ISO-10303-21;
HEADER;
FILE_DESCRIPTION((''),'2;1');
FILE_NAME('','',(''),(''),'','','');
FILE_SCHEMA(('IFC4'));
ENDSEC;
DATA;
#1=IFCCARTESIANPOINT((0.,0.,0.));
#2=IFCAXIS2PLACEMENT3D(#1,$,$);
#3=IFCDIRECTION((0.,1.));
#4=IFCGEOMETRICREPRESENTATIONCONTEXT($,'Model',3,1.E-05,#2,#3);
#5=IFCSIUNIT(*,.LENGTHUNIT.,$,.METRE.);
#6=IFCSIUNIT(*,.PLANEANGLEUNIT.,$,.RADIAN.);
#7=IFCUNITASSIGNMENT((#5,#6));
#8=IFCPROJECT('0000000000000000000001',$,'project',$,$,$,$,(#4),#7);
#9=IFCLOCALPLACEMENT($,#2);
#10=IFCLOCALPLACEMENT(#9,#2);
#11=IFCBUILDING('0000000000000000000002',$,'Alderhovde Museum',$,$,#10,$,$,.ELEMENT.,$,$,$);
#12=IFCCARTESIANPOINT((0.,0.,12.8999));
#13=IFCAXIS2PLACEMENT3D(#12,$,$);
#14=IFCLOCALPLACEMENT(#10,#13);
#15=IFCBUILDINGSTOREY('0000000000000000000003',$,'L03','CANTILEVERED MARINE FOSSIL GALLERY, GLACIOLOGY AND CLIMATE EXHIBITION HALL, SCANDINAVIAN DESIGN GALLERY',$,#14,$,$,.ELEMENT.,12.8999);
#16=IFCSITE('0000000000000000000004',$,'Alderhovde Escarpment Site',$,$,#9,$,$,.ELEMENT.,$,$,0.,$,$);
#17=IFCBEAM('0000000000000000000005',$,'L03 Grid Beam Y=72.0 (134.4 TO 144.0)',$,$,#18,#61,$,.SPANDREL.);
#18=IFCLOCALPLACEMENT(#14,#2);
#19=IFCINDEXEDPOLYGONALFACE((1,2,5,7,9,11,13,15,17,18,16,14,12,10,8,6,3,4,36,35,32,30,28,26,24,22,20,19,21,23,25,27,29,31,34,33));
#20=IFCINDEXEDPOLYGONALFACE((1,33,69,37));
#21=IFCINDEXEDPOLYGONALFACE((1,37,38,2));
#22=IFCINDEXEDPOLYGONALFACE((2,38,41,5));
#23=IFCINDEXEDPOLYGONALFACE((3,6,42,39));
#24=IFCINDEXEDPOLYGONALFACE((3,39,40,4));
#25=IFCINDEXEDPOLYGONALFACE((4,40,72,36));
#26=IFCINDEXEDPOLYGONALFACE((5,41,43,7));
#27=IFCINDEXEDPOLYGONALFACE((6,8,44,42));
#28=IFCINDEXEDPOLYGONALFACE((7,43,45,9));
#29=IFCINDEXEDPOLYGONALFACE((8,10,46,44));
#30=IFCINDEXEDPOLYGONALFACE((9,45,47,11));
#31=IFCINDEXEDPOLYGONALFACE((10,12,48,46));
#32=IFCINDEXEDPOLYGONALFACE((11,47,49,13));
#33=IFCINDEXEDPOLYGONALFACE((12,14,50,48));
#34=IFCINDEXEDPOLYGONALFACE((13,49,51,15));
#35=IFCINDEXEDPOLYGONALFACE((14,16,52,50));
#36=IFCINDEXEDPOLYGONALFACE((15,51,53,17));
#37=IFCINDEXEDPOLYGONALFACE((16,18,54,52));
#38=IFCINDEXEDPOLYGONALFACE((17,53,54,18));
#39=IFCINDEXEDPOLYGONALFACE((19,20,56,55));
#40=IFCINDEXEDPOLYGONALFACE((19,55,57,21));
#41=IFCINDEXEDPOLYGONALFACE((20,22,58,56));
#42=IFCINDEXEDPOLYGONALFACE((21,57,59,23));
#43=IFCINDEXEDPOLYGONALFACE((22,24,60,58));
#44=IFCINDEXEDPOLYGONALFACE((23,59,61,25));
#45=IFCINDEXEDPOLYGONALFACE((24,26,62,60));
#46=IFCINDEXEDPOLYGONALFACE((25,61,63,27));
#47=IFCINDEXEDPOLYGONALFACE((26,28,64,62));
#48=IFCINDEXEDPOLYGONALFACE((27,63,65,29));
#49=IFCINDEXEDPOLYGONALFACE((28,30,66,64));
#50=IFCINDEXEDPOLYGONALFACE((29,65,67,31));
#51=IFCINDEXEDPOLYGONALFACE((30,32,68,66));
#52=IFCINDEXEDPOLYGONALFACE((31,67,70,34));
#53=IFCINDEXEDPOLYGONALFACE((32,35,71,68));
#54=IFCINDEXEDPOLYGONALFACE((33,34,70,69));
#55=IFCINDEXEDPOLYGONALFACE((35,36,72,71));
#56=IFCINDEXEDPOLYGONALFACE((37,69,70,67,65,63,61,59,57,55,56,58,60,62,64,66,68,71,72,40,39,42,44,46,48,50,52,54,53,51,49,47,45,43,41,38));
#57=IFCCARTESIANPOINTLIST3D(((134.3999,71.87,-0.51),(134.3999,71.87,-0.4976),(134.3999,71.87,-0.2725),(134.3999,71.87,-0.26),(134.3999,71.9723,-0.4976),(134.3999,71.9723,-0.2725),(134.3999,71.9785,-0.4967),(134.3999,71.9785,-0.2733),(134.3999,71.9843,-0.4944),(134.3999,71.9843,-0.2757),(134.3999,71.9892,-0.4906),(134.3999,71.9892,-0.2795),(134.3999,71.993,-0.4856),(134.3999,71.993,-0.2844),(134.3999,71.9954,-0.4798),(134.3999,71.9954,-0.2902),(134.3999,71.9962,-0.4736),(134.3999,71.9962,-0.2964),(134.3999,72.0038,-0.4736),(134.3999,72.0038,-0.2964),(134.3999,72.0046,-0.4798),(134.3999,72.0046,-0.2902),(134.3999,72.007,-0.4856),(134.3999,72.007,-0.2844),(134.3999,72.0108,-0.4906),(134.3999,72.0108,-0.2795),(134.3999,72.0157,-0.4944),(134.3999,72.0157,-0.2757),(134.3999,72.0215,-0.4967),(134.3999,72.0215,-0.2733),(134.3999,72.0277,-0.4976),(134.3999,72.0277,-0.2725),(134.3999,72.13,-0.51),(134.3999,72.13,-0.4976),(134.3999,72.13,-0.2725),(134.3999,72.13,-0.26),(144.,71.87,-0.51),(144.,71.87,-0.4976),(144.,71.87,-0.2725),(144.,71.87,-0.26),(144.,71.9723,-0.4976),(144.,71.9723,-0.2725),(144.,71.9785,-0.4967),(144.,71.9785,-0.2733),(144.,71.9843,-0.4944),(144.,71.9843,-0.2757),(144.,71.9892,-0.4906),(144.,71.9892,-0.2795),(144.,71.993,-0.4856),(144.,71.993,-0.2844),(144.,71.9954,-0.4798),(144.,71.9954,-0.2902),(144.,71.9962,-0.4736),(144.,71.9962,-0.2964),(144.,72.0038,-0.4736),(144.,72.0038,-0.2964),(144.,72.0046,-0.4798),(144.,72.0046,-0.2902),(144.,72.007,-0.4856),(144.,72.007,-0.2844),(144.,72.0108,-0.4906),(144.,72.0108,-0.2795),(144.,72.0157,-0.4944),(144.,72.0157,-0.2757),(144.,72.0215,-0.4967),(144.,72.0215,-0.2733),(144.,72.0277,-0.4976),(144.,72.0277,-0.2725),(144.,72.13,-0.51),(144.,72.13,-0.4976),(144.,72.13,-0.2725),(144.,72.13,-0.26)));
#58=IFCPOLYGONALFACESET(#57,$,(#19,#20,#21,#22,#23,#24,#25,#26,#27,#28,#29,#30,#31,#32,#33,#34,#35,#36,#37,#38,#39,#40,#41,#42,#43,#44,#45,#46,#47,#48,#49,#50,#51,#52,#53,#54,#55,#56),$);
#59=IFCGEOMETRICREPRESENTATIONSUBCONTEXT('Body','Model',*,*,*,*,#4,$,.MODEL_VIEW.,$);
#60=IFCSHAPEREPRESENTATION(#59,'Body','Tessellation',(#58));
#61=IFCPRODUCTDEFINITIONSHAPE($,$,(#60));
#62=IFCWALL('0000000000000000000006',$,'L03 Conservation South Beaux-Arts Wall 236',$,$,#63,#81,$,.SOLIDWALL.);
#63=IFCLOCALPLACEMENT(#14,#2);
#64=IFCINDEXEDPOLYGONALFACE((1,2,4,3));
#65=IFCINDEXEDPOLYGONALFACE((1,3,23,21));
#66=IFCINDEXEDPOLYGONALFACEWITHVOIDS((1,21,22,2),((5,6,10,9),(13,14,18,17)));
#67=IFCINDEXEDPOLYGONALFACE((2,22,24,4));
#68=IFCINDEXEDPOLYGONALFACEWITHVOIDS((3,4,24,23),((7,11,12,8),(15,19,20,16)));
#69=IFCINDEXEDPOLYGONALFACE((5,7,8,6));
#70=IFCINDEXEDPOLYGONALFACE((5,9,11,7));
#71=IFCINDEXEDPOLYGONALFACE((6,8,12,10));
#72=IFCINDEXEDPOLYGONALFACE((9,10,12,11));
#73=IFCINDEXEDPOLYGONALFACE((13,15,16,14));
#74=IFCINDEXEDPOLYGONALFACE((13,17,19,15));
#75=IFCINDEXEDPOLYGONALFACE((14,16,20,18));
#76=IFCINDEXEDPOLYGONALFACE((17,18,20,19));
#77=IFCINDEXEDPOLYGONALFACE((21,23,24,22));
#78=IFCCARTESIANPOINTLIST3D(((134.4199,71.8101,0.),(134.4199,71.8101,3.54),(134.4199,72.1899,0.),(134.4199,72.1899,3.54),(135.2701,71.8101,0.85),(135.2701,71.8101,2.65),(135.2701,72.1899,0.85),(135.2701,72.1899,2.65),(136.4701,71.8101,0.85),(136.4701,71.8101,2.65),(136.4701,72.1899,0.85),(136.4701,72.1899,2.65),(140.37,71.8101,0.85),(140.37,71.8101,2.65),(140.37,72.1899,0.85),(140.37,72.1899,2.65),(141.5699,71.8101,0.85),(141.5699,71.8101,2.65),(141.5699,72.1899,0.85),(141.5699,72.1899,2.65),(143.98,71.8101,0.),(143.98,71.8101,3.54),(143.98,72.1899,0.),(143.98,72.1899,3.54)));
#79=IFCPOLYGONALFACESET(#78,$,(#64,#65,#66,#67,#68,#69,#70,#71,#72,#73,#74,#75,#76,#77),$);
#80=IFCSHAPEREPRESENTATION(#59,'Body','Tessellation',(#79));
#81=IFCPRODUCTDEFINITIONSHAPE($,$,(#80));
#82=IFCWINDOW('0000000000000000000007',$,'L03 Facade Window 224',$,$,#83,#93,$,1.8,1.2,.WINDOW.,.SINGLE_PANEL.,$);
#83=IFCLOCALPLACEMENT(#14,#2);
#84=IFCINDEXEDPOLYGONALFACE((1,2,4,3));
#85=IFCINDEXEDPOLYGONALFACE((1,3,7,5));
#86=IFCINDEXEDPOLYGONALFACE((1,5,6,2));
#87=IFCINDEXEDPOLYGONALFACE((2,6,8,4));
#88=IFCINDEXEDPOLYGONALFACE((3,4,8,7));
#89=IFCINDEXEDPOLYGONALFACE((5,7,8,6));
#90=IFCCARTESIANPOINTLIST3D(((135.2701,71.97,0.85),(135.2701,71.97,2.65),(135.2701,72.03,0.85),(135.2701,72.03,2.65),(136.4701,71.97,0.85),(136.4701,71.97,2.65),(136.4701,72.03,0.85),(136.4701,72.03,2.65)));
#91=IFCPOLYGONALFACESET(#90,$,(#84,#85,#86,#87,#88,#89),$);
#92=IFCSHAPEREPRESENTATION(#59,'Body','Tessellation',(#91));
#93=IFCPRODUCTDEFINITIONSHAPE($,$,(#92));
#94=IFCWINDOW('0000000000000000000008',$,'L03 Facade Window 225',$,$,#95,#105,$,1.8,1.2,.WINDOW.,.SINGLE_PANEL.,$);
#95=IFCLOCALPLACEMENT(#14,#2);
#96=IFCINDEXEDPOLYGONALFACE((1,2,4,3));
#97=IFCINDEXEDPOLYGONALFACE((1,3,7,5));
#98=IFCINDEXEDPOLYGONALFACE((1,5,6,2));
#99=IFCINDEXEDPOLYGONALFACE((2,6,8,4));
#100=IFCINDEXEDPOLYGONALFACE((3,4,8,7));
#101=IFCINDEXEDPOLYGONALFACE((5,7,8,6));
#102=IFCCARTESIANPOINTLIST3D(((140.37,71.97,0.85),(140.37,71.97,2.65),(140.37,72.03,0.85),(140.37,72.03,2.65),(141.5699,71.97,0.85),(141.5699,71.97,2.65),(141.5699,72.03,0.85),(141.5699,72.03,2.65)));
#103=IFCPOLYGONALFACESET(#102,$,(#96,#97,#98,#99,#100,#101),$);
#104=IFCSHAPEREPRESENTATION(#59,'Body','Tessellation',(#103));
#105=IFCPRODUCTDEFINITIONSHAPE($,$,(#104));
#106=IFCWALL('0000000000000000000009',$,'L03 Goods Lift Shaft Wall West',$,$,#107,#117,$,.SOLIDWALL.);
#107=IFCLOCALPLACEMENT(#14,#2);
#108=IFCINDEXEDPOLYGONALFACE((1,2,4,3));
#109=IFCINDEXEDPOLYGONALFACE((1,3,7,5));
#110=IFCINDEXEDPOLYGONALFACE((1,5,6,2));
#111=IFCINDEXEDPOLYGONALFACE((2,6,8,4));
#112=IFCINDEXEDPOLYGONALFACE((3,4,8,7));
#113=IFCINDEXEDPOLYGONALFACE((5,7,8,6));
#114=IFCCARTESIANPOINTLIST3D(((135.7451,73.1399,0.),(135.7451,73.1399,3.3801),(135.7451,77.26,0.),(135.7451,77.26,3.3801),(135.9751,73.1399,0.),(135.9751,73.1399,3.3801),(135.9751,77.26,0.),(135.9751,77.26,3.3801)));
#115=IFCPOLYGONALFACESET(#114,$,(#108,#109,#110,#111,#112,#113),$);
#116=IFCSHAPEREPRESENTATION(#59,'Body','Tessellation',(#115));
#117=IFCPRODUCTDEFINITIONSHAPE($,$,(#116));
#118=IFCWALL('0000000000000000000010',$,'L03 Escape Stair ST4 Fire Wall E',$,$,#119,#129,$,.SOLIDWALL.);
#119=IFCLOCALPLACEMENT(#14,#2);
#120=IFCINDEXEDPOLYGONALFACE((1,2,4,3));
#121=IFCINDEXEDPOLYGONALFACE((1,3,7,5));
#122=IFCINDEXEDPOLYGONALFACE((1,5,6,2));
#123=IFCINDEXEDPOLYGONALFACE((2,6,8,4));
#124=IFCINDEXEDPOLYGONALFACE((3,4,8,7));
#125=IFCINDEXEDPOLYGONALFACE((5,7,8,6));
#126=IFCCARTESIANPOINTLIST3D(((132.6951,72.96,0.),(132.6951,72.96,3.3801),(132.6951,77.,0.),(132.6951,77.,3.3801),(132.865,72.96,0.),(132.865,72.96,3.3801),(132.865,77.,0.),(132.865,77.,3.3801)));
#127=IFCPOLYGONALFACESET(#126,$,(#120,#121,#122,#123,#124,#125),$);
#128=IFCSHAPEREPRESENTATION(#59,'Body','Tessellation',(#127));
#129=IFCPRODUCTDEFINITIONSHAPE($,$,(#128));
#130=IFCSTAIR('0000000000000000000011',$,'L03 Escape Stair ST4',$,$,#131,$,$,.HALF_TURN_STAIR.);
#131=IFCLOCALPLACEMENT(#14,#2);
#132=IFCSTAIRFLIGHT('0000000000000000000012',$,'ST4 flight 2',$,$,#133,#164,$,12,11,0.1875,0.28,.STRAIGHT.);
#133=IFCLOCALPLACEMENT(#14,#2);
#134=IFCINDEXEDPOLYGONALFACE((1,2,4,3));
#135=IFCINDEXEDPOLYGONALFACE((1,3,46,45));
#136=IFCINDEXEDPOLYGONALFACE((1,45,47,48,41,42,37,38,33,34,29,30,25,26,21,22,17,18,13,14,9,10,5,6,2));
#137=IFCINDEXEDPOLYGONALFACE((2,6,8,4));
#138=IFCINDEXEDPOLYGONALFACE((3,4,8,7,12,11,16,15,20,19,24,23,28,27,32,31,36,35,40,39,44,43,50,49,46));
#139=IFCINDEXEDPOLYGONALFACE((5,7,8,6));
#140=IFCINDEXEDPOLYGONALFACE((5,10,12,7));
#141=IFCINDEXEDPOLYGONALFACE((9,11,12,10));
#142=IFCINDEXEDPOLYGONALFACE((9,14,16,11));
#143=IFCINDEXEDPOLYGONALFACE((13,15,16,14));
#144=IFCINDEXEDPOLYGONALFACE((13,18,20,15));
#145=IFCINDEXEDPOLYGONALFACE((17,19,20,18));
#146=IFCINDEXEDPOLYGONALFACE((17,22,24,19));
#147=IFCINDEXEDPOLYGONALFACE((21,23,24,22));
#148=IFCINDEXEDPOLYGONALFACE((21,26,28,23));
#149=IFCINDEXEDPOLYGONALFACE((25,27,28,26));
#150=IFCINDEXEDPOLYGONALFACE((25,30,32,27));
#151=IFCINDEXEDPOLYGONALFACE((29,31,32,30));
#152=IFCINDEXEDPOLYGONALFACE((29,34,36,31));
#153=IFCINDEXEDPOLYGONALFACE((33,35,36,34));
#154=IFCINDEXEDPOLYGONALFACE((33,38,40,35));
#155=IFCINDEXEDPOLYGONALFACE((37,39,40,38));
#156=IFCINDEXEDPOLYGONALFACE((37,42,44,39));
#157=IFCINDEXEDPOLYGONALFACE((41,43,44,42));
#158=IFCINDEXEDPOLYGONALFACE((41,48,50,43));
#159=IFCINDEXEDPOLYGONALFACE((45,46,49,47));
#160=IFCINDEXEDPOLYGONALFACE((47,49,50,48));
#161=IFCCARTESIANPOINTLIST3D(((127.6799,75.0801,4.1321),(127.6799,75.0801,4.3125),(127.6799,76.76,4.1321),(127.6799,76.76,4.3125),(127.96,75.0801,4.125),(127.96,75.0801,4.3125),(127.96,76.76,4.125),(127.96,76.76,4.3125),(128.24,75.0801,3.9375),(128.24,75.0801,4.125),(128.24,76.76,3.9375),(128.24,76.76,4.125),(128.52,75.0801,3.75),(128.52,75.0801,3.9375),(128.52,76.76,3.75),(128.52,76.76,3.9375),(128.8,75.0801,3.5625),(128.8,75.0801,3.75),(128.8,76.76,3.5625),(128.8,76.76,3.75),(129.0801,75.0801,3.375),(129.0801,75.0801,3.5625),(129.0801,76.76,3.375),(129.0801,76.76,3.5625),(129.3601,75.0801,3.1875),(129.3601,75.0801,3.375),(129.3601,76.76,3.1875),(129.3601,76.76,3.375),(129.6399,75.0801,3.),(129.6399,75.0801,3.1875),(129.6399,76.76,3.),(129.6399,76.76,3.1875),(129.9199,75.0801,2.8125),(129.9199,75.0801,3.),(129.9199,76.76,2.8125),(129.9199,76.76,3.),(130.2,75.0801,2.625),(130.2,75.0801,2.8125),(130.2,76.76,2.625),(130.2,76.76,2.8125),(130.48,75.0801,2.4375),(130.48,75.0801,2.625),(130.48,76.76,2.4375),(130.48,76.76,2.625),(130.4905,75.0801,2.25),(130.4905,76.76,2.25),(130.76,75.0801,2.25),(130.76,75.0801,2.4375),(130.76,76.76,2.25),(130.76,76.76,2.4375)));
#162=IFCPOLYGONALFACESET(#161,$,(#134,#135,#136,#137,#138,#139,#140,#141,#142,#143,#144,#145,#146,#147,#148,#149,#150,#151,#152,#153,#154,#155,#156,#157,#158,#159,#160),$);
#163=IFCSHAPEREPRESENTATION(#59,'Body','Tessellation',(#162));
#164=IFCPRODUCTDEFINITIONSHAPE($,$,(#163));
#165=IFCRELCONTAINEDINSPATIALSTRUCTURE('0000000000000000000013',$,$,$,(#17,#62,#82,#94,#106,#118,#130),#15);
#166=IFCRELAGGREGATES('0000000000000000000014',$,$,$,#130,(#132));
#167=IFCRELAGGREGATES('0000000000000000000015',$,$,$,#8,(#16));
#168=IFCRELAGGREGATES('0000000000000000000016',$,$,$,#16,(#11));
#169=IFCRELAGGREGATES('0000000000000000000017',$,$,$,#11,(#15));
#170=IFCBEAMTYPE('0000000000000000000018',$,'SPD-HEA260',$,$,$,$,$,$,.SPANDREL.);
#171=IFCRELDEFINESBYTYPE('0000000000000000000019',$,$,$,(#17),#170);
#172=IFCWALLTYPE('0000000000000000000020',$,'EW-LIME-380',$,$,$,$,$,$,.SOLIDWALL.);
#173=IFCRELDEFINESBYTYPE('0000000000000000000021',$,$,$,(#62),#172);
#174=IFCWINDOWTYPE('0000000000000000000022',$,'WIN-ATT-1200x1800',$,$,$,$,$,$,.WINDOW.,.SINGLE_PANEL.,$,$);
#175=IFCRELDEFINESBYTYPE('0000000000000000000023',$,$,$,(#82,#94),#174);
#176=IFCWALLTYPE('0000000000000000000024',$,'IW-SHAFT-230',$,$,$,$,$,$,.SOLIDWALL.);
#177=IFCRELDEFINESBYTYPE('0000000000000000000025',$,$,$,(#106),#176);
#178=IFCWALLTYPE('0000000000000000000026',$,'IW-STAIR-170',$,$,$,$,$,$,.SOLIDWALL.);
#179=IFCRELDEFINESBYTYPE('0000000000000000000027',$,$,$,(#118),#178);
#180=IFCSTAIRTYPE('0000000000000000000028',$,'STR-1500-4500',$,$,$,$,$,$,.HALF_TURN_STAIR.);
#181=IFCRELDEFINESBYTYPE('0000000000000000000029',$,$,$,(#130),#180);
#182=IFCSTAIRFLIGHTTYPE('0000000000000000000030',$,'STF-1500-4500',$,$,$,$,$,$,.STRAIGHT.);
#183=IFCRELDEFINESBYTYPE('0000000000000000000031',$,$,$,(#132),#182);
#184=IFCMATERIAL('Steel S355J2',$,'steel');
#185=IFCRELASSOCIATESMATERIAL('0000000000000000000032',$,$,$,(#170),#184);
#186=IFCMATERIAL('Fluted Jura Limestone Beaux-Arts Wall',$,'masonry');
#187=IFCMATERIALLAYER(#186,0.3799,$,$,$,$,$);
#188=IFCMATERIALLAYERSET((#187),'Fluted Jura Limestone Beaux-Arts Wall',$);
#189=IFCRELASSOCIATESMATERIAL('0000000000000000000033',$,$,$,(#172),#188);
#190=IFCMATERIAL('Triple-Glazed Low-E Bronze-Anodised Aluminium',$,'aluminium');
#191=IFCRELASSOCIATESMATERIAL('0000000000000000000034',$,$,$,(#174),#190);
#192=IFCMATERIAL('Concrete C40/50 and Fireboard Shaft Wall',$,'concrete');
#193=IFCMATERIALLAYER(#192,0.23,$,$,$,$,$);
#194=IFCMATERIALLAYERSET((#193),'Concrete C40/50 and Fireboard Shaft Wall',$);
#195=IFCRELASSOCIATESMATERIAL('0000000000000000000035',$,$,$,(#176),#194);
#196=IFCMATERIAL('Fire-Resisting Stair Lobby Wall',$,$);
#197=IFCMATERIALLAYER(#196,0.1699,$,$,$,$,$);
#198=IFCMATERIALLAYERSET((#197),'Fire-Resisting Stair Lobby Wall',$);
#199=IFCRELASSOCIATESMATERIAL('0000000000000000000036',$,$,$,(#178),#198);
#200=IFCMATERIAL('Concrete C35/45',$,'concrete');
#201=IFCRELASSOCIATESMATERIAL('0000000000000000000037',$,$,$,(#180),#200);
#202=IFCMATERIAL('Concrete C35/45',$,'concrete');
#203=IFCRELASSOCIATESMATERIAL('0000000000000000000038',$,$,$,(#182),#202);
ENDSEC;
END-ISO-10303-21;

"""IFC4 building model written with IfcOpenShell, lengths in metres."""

from ifc_helpers import new_model, si_unit, direction, frame, frame_2d, origin, origin_2d, place, context, subcontext, project, spatial, polyline, rectangle, i_section, outline, extrude, material, layer, layer_set, material_profile, profile_set, type_object, element, fill, aggregate, save


model = new_model("IFC4")

# Units and contexts
model_context = context("Model", 3, precision=1e-05, world=origin(), true_north=direction((0.0, 1.0)))
body_context = subcontext(model_context, "Body", "Model", "MODEL_VIEW")
ifc_project = project(units=[si_unit("LENGTHUNIT", "METRE"), si_unit("PLANEANGLEUNIT", "RADIAN")], contexts=[model_context])

# Site, building, storey
site_placement = place(None, origin())
site = spatial("IfcSite", under=ifc_project, at=site_placement, Name="Alderhovde Escarpment Site", CompositionType="ELEMENT", RefElevation=0.0)
building_placement = place(site_placement, origin())
building = spatial("IfcBuilding", under=site, at=building_placement, Name="Alderhovde Museum", CompositionType="ELEMENT")
storey_placement = place(building_placement, frame((0.0, 0.0, 12.8999)))
storey = spatial("IfcBuildingStorey", under=building, at=storey_placement, Name="L03", Description="CANTILEVERED MARINE FOSSIL GALLERY, GLACIOLOGY AND CLIMATE EXHIBITION HALL, SCANDINAVIAN DESIGN GALLERY", CompositionType="ELEMENT", Elevation=12.8999)

# Beam
ifc_material_1 = material(Name="Steel S355J2", Category="steel")
ifc_material_profile_1 = material_profile(ifc_material_1, i_section(OverallWidth=0.26, OverallDepth=0.25, WebThickness=0.0076, FlangeThickness=0.0125, FilletRadius=0.0239, at=origin_2d()), Name="HEA 260")
ifc_profile_set_1 = profile_set([ifc_material_profile_1], Name="Steel S355J2")
beam_type_1 = type_object("IfcBeamType", Name="SPD-HEA260", PredefinedType="SPANDREL", material=ifc_profile_set_1)
beam_1_placement = place(storey_placement, frame((134.3999, 72.0, -0.385), z_axis=(1.0, 0.0, 0.0), x_axis=(0.0, 1.0, 0.0)))
element("IfcBeam", 1, at=beam_1_placement, inside=storey, type_object=beam_type_1, Name="L03 Grid Beam Y=72.0 (134.4 TO 144.0)", PredefinedType="SPANDREL", context=body_context, shape_type="SweptSolid", body=[
    extrude(i_section(OverallWidth=0.26, OverallDepth=0.25, WebThickness=0.0076, FlangeThickness=0.0125, FilletRadius=0.0239, at=origin_2d()), origin(), (0.0, 0.0, 1.0), 9.6001),
])

# Wall, openings, windows
ifc_material_2 = material(Name="Fluted Jura Limestone Beaux-Arts Wall", Category="masonry")
ifc_layer_1 = layer(ifc_material_2, 0.3799)
ifc_layer_set_1 = layer_set([ifc_layer_1], Name="Fluted Jura Limestone Beaux-Arts Wall")
wall_type_1 = type_object("IfcWallType", Name="EW-LIME-380", PredefinedType="SOLIDWALL", material=ifc_layer_set_1)
wall_1_placement = place(storey_placement, frame((134.4199, 72.0, 0.0), z_axis=(0.0, 0.0, 1.0), x_axis=(1.0, 0.0, 0.0)))
wall_1 = element("IfcWall", 2, at=wall_1_placement, inside=storey, type_object=wall_type_1, Name="L03 Conservation South Beaux-Arts Wall 236", PredefinedType="SOLIDWALL", context=body_context, shape_type="SweptSolid", body=[
    extrude(rectangle(XDim=9.5601, YDim=0.3799, at=frame_2d((4.78, 0.0))), origin(), (0.0, 0.0, 1.0), 3.54),
])
opening_1_placement = place(wall_1_placement, frame((0.8501, 0.0, 0.8501)))
opening_1 = element("IfcOpeningElement", 3, at=opening_1_placement, cuts=wall_1, PredefinedType="OPENING", context=body_context, shape_type="SweptSolid", body=[
    extrude(rectangle(XDim=1.2, YDim=1.8, at=frame_2d((0.6001, 0.8999))), frame((0.0, 0.2, 0.0), z_axis=(0.0, -1.0, 0.0), x_axis=(1.0, 0.0, 0.0)), (0.0, 0.0, 1.0), 0.3999),
])
opening_2_placement = place(wall_1_placement, frame((5.95, 0.0, 0.8501)))
opening_2 = element("IfcOpeningElement", 4, at=opening_2_placement, cuts=wall_1, PredefinedType="OPENING", context=body_context, shape_type="SweptSolid", body=[
    extrude(rectangle(XDim=1.2, YDim=1.8, at=frame_2d((0.6001, 0.8999))), frame((0.0, 0.2, 0.0), z_axis=(0.0, -1.0, 0.0), x_axis=(1.0, 0.0, 0.0)), (0.0, 0.0, 1.0), 0.3999),
])
ifc_material_3 = material(Name="Triple-Glazed Low-E Bronze-Anodised Aluminium", Category="aluminium")
window_type = type_object("IfcWindowType", Name="WIN-ATT-1200x1800", PartitioningType="SINGLE_PANEL", PredefinedType="WINDOW", material=ifc_material_3)
window_1_placement = place(opening_1_placement, origin())
window_1 = element("IfcWindow", 5, at=window_1_placement, inside=storey, type_object=window_type, Name="L03 Facade Window 224", OverallHeight=1.8, OverallWidth=1.2, PartitioningType="SINGLE_PANEL", PredefinedType="WINDOW", context=body_context, shape_type="SweptSolid", body=[
    extrude(rectangle(XDim=1.2, YDim=1.8, at=frame_2d((0.6001, 0.8999))), frame((0.0, 0.03, 0.0), z_axis=(0.0, -1.0, 0.0), x_axis=(1.0, 0.0, 0.0)), (0.0, 0.0, 1.0), 0.0601),
])
fill(opening_1, window_1)
window_2_placement = place(opening_2_placement, origin())
window_2 = element("IfcWindow", 6, at=window_2_placement, inside=storey, type_object=window_type, Name="L03 Facade Window 225", OverallHeight=1.8, OverallWidth=1.2, PartitioningType="SINGLE_PANEL", PredefinedType="WINDOW", context=body_context, shape_type="SweptSolid", body=[
    extrude(rectangle(XDim=1.2, YDim=1.8, at=frame_2d((0.6001, 0.8999))), frame((0.0, 0.03, 0.0), z_axis=(0.0, -1.0, 0.0), x_axis=(1.0, 0.0, 0.0)), (0.0, 0.0, 1.0), 0.0601),
])
fill(opening_2, window_2)

# Walls
ifc_material_4 = material(Name="Concrete C40/50 and Fireboard Shaft Wall", Category="concrete")
ifc_layer_2 = layer(ifc_material_4, 0.23)
ifc_layer_set_2 = layer_set([ifc_layer_2], Name="Concrete C40/50 and Fireboard Shaft Wall")
wall_type_2 = type_object("IfcWallType", Name="IW-SHAFT-230", PredefinedType="SOLIDWALL", material=ifc_layer_set_2)
wall_2_placement = place(storey_placement, frame((135.8601, 73.1399, 0.0), z_axis=(0.0, 0.0, 1.0), x_axis=(0.0, 1.0, 0.0)))
element("IfcWall", 7, at=wall_2_placement, inside=storey, type_object=wall_type_2, Name="L03 Goods Lift Shaft Wall West", PredefinedType="SOLIDWALL", context=body_context, shape_type="SweptSolid", body=[
    extrude(rectangle(XDim=4.1201, YDim=0.23, at=frame_2d((2.0601, 0.0))), origin(), (0.0, 0.0, 1.0), 3.3801),
])
ifc_material_5 = material(Name="Fire-Resisting Stair Lobby Wall")
ifc_layer_3 = layer(ifc_material_5, 0.1699)
ifc_layer_set_3 = layer_set([ifc_layer_3], Name="Fire-Resisting Stair Lobby Wall")
wall_type_3 = type_object("IfcWallType", Name="IW-STAIR-170", PredefinedType="SOLIDWALL", material=ifc_layer_set_3)
wall_3_placement = place(storey_placement, frame((132.78, 72.96, 0.0), z_axis=(0.0, 0.0, 1.0), x_axis=(0.0, 1.0, 0.0)))
element("IfcWall", 8, at=wall_3_placement, inside=storey, type_object=wall_type_3, Name="L03 Escape Stair ST4 Fire Wall E", PredefinedType="SOLIDWALL", context=body_context, shape_type="SweptSolid", body=[
    extrude(rectangle(XDim=4.04, YDim=0.1699, at=frame_2d((2.02, 0.0))), origin(), (0.0, 0.0, 1.0), 3.3801),
])

# Stair, stair flight
ifc_material_6 = material(Name="Concrete C35/45", Category="concrete")
stair_type = type_object("IfcStairType", Name="STR-1500-4500", PredefinedType="HALF_TURN_STAIR", material=ifc_material_6)
stair_placement = place(storey_placement, origin())
stair = element("IfcStair", 9, at=stair_placement, inside=storey, type_object=stair_type, Name="L03 Escape Stair ST4", PredefinedType="HALF_TURN_STAIR")
ifc_material_7 = material(Name="Concrete C35/45", Category="concrete")
stair_flight_type = type_object("IfcStairFlightType", Name="STF-1500-4500", PredefinedType="STRAIGHT", material=ifc_material_7)
stair_flight_placement = place(storey_placement, frame((130.76, 75.9199, 2.25), z_axis=(0.0, 0.0, 1.0), x_axis=(-1.0, 0.0, 0.0)))
stair_flight = element("IfcStairFlight", 10, at=stair_flight_placement, type_object=stair_flight_type, Name="ST4 flight 2", NumberOfRisers=12, NumberOfTreads=11, PredefinedType="STRAIGHT", RiserHeight=0.1875, TreadLength=0.28, context=body_context, shape_type="SweptSolid", body=[
    extrude(outline(polyline([(0.0, 0.0), (0.0, 0.1875), (0.28, 0.1875), (0.28, 0.375), (0.5601, 0.375), (0.5601, 0.5625), (0.8401, 0.5625), (0.8401, 0.75), (1.1201, 0.75), (1.1201, 0.9375), (1.3999, 0.9375), (1.3999, 1.125), (1.6799, 1.125), (1.6799, 1.3125), (1.96, 1.3125), (1.96, 1.5), (2.24, 1.5), (2.24, 1.6875), (2.52, 1.6875), (2.52, 1.875), (2.8, 1.875), (2.8, 2.0625), (3.0801, 2.0625), (3.0801, 2.25), (3.0801, 1.8821), (0.2695, 0.0), (0.0, 0.0)])), frame((0.0, 0.8398, 0.0), z_axis=(0.0, -1.0, 0.0), x_axis=(1.0, 0.0, 0.0)), (0.0, 0.0, 1.0), 1.6799),
])
aggregate(stair, [stair_flight])

save(model, "model.ifc")
